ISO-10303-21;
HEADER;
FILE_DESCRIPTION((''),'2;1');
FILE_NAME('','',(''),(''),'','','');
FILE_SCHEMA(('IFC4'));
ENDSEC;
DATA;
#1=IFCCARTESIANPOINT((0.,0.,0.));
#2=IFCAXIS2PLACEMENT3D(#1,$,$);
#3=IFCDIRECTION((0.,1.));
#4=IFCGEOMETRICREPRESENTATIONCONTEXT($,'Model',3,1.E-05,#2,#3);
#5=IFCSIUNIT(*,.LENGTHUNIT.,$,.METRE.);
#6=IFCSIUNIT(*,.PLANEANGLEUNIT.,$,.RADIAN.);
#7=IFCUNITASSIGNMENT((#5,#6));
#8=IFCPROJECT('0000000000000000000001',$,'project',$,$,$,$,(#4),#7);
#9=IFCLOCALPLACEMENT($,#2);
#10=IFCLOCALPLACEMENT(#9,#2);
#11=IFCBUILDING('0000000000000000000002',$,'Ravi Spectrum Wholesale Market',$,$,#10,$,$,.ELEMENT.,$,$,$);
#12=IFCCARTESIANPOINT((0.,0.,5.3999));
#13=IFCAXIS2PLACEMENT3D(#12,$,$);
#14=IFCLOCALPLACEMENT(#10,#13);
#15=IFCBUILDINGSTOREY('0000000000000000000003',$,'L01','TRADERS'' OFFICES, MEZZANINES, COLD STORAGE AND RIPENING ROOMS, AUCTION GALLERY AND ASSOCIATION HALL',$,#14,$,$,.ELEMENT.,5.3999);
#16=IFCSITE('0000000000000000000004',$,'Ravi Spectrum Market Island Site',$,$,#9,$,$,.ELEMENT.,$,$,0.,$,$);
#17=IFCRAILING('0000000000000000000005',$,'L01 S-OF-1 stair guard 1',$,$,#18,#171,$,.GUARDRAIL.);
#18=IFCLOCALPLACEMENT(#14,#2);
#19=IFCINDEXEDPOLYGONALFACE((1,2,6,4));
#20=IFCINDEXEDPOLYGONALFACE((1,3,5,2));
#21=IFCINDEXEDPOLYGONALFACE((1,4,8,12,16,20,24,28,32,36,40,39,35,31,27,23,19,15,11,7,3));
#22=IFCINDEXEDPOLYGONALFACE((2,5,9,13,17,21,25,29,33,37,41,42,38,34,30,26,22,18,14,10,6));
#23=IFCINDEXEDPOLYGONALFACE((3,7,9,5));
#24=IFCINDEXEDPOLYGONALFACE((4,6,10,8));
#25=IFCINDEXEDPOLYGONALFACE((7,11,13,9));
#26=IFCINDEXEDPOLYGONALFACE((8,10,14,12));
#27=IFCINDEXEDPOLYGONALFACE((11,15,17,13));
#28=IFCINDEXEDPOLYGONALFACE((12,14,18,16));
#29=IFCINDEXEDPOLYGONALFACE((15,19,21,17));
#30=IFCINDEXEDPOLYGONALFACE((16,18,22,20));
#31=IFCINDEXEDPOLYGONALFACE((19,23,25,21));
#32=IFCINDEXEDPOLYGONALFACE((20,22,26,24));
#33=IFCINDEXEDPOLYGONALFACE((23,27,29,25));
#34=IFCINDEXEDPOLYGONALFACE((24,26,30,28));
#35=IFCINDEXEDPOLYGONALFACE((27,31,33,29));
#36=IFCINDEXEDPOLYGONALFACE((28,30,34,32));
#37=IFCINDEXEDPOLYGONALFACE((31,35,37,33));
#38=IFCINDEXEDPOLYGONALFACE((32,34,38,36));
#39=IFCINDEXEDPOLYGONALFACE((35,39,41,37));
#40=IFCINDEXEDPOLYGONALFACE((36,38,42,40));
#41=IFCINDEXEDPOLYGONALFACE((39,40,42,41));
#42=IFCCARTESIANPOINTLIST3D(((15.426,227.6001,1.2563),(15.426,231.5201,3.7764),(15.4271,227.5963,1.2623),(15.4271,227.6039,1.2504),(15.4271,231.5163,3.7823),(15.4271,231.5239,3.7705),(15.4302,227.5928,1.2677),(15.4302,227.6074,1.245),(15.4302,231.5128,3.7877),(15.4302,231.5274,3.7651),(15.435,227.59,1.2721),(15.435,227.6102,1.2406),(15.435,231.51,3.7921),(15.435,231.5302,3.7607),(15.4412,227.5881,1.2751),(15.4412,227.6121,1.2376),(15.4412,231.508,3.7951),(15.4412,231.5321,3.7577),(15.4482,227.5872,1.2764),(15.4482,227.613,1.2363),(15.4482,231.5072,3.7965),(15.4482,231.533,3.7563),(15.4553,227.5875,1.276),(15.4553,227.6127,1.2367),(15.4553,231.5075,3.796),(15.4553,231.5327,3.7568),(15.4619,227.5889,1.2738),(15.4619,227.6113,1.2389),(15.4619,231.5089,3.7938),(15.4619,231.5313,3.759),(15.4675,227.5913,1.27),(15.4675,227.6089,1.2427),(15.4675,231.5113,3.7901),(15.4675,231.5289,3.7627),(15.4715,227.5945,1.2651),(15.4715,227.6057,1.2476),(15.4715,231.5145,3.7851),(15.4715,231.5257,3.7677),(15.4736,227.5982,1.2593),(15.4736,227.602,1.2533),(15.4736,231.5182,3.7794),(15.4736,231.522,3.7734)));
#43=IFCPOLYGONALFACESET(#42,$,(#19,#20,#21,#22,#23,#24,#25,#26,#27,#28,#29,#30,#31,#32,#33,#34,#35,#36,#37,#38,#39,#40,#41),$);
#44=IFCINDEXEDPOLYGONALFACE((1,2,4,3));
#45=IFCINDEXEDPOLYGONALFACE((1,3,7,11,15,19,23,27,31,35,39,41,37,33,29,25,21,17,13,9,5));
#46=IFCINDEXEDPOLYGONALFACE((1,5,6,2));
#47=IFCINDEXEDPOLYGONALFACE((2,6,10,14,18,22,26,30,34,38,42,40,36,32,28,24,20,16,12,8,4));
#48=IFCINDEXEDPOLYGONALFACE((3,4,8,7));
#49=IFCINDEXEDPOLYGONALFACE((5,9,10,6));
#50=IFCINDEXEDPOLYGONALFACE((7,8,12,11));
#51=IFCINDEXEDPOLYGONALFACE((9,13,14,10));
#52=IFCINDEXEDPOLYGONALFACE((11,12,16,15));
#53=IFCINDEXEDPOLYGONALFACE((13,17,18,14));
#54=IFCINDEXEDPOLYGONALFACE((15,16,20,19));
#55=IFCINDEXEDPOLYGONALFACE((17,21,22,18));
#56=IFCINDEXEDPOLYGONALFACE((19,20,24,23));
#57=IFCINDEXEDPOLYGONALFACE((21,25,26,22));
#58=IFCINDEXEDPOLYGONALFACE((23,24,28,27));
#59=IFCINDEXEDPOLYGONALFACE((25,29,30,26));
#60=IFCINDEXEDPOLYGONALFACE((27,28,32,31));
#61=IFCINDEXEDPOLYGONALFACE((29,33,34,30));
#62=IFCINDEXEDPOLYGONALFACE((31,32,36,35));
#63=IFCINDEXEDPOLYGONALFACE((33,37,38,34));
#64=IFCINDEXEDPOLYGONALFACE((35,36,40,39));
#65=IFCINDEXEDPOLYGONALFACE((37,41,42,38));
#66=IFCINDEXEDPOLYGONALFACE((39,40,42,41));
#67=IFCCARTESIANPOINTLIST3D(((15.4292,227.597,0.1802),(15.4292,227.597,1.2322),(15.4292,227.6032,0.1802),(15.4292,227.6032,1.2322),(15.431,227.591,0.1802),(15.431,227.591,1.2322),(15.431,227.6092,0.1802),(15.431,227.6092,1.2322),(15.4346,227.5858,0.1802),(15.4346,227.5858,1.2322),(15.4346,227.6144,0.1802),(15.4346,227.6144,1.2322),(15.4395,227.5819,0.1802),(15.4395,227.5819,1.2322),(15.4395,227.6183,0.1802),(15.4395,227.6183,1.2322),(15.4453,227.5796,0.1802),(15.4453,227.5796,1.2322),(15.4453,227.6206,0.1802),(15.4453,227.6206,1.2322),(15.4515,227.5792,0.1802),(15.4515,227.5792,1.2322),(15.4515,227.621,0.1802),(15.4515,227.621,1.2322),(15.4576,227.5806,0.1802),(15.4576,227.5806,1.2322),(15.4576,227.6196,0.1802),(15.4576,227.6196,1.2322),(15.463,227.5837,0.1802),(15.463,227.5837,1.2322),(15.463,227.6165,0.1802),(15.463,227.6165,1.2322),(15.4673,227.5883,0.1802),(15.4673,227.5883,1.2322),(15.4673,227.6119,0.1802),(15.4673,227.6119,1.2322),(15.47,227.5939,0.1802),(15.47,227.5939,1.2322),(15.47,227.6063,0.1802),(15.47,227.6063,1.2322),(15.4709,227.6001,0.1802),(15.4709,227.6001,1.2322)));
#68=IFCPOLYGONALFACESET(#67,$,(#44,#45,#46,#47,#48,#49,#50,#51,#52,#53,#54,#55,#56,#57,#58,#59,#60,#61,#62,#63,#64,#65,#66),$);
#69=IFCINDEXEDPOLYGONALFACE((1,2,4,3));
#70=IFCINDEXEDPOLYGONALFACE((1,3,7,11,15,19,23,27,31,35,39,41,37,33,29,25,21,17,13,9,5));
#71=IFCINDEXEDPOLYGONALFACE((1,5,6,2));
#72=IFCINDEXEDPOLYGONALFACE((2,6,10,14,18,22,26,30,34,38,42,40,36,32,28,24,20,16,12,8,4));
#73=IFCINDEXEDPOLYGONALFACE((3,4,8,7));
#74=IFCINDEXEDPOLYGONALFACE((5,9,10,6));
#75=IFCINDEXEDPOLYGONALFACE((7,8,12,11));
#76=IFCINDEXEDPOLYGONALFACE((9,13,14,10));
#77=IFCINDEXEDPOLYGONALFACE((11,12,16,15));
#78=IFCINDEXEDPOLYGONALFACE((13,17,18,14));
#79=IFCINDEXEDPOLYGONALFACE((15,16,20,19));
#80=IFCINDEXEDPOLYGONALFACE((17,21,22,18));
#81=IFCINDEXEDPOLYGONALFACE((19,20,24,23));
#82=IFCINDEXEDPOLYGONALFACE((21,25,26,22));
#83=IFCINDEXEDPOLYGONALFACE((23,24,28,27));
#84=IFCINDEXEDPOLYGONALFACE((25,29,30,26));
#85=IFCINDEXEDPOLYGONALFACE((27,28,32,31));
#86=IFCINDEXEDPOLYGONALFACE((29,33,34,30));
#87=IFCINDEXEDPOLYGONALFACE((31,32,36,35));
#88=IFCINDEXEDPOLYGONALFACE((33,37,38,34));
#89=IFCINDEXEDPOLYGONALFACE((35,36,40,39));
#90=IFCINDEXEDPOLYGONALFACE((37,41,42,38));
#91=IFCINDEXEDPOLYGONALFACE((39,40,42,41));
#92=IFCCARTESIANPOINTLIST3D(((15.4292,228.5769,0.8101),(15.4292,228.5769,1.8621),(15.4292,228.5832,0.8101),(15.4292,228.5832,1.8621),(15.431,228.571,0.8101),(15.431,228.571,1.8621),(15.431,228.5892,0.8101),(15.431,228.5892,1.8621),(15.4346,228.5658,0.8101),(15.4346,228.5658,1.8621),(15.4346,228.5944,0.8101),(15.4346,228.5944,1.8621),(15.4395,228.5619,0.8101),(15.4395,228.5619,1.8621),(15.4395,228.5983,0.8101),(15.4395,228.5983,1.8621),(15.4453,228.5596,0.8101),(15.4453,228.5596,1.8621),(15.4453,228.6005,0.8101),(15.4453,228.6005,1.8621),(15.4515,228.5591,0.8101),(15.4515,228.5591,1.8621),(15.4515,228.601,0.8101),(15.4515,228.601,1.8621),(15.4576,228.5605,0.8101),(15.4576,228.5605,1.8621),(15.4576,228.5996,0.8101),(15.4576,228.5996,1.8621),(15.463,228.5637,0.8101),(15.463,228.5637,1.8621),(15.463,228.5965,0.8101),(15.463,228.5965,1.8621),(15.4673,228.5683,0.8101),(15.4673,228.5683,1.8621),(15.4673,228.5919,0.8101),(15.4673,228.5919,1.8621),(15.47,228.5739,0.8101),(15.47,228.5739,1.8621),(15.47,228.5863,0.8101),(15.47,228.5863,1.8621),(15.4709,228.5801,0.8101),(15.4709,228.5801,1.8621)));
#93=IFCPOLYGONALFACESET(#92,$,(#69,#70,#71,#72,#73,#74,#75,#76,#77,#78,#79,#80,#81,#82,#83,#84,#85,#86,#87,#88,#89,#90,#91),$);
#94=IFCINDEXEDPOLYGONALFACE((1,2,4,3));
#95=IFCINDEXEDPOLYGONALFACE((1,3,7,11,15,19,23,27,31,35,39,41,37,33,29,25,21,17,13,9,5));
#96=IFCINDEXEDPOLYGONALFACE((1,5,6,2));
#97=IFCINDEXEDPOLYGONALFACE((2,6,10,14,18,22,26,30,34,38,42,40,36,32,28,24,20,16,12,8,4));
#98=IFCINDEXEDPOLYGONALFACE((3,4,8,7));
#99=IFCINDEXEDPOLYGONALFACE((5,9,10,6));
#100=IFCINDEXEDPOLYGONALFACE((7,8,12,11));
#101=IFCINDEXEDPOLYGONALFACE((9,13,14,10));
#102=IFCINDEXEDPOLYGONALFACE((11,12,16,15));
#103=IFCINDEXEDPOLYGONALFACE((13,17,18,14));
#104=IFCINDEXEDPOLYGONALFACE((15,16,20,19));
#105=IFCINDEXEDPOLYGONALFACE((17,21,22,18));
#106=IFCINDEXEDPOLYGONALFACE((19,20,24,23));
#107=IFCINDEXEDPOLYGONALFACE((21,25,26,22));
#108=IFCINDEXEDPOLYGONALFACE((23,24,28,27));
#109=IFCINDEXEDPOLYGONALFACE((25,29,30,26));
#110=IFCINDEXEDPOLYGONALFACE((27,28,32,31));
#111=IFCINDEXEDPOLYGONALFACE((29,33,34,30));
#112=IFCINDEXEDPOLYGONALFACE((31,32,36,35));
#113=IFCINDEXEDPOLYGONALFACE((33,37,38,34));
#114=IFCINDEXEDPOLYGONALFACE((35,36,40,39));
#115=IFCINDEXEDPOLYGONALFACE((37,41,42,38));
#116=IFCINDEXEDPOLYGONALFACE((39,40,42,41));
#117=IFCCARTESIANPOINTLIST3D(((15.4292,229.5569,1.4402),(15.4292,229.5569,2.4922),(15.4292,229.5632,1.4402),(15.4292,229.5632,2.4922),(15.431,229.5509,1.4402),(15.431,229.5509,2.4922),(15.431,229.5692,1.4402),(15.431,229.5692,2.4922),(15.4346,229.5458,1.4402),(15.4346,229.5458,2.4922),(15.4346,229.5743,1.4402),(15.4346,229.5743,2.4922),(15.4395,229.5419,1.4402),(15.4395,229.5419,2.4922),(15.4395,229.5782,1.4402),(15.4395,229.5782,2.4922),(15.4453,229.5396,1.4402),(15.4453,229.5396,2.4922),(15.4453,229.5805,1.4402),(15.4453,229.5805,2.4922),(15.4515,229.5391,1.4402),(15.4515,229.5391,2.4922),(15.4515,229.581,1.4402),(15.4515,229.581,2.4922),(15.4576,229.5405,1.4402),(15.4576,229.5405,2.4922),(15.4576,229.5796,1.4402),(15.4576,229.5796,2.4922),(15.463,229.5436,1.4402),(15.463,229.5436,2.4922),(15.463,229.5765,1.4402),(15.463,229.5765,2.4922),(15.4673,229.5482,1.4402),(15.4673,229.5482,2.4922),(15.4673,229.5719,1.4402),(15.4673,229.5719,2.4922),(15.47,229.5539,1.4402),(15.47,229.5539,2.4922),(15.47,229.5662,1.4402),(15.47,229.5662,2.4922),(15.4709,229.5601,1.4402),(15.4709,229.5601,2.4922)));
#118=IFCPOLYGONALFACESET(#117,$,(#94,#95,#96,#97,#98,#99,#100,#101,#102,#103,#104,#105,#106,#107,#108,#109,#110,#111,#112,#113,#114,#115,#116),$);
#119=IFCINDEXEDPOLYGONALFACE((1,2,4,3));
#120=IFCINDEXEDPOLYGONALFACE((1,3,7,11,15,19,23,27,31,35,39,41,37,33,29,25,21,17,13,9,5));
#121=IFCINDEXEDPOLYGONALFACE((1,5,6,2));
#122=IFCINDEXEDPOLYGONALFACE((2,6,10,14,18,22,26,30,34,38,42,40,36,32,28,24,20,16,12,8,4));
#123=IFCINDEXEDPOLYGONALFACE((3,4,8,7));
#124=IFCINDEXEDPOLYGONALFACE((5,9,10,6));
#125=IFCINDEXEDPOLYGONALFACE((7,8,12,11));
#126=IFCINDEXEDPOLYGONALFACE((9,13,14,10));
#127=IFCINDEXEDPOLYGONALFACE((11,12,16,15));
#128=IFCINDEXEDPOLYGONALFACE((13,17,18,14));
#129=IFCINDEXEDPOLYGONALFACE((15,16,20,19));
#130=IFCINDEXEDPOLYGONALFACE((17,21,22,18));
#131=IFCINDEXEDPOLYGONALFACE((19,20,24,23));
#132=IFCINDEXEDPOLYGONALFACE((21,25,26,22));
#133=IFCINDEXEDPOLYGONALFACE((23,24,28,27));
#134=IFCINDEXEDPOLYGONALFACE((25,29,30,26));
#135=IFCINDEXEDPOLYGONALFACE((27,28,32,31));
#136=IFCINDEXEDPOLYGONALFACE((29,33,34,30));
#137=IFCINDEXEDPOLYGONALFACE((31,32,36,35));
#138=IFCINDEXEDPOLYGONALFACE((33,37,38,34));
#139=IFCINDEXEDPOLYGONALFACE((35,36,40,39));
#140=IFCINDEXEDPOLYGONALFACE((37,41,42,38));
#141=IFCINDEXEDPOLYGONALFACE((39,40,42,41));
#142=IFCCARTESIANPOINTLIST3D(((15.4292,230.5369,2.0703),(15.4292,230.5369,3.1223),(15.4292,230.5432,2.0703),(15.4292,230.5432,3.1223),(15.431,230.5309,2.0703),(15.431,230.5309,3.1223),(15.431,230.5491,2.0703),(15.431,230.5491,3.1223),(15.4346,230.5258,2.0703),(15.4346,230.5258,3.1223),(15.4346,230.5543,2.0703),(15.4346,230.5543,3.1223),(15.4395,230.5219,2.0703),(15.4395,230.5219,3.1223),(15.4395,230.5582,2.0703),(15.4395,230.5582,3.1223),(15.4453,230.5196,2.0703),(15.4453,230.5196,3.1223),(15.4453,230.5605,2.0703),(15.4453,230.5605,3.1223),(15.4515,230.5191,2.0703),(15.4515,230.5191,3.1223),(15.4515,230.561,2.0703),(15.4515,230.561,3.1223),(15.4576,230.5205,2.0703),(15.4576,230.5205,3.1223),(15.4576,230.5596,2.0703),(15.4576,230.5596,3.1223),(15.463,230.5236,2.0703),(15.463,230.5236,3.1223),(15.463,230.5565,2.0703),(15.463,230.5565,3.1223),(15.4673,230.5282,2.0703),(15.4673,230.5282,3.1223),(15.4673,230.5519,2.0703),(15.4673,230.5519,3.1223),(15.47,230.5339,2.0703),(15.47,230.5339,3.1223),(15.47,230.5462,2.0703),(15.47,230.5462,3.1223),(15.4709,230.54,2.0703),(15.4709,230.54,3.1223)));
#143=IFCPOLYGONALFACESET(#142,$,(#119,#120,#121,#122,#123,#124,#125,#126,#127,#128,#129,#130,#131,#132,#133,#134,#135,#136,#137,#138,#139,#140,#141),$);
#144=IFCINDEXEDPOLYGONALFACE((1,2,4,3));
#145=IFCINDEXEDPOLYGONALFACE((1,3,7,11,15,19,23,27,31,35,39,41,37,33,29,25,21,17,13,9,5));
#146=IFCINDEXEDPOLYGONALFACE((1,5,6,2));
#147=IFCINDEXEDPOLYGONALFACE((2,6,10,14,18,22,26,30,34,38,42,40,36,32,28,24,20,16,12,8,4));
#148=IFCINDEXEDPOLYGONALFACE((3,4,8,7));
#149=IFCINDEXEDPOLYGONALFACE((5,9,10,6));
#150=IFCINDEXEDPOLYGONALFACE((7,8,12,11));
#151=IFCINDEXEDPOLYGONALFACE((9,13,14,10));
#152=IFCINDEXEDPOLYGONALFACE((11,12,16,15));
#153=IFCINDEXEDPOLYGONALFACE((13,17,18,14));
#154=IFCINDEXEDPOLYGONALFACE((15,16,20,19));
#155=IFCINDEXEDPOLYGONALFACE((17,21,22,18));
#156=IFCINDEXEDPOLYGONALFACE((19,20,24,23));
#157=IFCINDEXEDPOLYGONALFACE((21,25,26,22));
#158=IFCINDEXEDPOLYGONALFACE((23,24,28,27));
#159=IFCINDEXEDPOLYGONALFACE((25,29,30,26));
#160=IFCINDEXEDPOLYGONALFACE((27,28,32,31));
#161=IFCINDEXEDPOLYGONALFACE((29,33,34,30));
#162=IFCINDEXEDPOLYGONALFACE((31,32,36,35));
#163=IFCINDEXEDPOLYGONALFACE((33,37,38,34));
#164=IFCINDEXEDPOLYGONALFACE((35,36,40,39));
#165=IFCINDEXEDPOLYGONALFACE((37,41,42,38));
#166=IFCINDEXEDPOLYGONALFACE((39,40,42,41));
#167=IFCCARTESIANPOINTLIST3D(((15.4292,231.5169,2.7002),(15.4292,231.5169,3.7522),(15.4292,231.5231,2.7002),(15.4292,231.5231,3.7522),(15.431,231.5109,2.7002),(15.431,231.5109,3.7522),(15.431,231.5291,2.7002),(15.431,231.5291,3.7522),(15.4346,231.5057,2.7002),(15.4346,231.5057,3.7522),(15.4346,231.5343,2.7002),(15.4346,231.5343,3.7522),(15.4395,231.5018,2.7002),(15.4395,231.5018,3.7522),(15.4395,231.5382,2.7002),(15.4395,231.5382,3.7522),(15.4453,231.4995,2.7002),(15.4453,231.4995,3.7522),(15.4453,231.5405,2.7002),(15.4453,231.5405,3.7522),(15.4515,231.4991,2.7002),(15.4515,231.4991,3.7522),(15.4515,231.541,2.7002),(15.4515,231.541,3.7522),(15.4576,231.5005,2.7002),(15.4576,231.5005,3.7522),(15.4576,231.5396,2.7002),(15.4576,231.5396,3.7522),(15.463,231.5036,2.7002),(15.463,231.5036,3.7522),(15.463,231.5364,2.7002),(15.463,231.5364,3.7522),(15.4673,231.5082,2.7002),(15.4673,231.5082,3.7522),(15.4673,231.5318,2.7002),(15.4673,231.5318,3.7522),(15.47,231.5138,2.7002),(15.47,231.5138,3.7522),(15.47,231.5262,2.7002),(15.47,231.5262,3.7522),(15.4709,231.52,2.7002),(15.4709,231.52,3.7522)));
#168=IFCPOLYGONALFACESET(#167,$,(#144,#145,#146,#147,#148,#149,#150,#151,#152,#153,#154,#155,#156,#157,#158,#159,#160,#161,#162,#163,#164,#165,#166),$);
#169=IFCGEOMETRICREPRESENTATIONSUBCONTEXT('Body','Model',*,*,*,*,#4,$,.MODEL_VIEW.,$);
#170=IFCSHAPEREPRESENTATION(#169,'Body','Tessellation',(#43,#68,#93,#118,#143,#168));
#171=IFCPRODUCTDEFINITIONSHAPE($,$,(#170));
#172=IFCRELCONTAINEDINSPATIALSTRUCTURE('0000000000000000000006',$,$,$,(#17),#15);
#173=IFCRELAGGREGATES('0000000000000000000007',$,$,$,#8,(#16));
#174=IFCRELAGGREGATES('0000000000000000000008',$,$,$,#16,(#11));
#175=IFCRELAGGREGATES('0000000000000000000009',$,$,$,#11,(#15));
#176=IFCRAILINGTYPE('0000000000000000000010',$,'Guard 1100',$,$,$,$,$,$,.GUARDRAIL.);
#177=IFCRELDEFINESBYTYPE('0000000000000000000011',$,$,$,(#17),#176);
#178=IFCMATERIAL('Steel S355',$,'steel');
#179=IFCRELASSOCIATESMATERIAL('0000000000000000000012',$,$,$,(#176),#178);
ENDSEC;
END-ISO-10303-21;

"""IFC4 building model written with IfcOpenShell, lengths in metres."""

from ifc_helpers import new_model, si_unit, direction, frame, origin, origin_2d, place, context, subcontext, project, spatial, circle, extrude, material, type_object, element, save


model = new_model("IFC4")

# Units and contexts
model_context = context("Model", 3, precision=1e-05, world=origin(), true_north=direction((0.0, 1.0)))
body_context = subcontext(model_context, "Body", "Model", "MODEL_VIEW")
ifc_project = project(units=[si_unit("LENGTHUNIT", "METRE"), si_unit("PLANEANGLEUNIT", "RADIAN")], contexts=[model_context])

# Site, building, storey
site_placement = place(None, origin())
site = spatial("IfcSite", under=ifc_project, at=site_placement, Name="Ravi Spectrum Market Island Site", CompositionType="ELEMENT", RefElevation=0.0)
building_placement = place(site_placement, origin())
building = spatial("IfcBuilding", under=site, at=building_placement, Name="Ravi Spectrum Wholesale Market", CompositionType="ELEMENT")
storey_placement = place(building_placement, frame((0.0, 0.0, 5.3999)))
storey = spatial("IfcBuildingStorey", under=building, at=storey_placement, Name="L01", Description="TRADERS' OFFICES, MEZZANINES, COLD STORAGE AND RIPENING ROOMS, AUCTION GALLERY AND ASSOCIATION HALL", CompositionType="ELEMENT", Elevation=5.3999)

# Railing
ifc_material_1 = material(Name="Steel S355", Category="steel")
railing_type_1 = type_object("IfcRailingType", Name="Guard 1100", PredefinedType="GUARDRAIL", material=ifc_material_1)
railing_1_placement = place(storey_placement, frame((15.45, 227.6001, 0.1802)))
element("IfcRailing", 1, at=railing_1_placement, inside=storey, type_object=railing_type_1, Name="L01 S-OF-1 stair guard 1", PredefinedType="GUARDRAIL", context=body_context, shape_type="SweptSolid", body=[
    extrude(circle(Radius=0.0239, at=origin_2d()), frame((0.0, 0.0, 1.0762), z_axis=(0.0, 0.841172, 0.540768), x_axis=(-1.0, 0.0, 0.0)), (0.0, 0.0, 1.0), 4.6602),
    extrude(circle(Radius=0.021, at=origin_2d()), origin(), (0.0, 0.0, 1.0), 1.052),
    extrude(circle(Radius=0.021, at=origin_2d()), frame((0.0, 0.98, 0.6299)), (0.0, 0.0, 1.0), 1.052),
    extrude(circle(Radius=0.021, at=origin_2d()), frame((0.0, 1.96, 1.26)), (0.0, 0.0, 1.0), 1.052),
    extrude(circle(Radius=0.021, at=origin_2d()), frame((0.0, 2.9399, 1.8901)), (0.0, 0.0, 1.0), 1.052),
    extrude(circle(Radius=0.021, at=origin_2d()), frame((0.0, 3.9199, 2.52)), (0.0, 0.0, 1.0), 1.052),
])

save(model, "model.ifc")
